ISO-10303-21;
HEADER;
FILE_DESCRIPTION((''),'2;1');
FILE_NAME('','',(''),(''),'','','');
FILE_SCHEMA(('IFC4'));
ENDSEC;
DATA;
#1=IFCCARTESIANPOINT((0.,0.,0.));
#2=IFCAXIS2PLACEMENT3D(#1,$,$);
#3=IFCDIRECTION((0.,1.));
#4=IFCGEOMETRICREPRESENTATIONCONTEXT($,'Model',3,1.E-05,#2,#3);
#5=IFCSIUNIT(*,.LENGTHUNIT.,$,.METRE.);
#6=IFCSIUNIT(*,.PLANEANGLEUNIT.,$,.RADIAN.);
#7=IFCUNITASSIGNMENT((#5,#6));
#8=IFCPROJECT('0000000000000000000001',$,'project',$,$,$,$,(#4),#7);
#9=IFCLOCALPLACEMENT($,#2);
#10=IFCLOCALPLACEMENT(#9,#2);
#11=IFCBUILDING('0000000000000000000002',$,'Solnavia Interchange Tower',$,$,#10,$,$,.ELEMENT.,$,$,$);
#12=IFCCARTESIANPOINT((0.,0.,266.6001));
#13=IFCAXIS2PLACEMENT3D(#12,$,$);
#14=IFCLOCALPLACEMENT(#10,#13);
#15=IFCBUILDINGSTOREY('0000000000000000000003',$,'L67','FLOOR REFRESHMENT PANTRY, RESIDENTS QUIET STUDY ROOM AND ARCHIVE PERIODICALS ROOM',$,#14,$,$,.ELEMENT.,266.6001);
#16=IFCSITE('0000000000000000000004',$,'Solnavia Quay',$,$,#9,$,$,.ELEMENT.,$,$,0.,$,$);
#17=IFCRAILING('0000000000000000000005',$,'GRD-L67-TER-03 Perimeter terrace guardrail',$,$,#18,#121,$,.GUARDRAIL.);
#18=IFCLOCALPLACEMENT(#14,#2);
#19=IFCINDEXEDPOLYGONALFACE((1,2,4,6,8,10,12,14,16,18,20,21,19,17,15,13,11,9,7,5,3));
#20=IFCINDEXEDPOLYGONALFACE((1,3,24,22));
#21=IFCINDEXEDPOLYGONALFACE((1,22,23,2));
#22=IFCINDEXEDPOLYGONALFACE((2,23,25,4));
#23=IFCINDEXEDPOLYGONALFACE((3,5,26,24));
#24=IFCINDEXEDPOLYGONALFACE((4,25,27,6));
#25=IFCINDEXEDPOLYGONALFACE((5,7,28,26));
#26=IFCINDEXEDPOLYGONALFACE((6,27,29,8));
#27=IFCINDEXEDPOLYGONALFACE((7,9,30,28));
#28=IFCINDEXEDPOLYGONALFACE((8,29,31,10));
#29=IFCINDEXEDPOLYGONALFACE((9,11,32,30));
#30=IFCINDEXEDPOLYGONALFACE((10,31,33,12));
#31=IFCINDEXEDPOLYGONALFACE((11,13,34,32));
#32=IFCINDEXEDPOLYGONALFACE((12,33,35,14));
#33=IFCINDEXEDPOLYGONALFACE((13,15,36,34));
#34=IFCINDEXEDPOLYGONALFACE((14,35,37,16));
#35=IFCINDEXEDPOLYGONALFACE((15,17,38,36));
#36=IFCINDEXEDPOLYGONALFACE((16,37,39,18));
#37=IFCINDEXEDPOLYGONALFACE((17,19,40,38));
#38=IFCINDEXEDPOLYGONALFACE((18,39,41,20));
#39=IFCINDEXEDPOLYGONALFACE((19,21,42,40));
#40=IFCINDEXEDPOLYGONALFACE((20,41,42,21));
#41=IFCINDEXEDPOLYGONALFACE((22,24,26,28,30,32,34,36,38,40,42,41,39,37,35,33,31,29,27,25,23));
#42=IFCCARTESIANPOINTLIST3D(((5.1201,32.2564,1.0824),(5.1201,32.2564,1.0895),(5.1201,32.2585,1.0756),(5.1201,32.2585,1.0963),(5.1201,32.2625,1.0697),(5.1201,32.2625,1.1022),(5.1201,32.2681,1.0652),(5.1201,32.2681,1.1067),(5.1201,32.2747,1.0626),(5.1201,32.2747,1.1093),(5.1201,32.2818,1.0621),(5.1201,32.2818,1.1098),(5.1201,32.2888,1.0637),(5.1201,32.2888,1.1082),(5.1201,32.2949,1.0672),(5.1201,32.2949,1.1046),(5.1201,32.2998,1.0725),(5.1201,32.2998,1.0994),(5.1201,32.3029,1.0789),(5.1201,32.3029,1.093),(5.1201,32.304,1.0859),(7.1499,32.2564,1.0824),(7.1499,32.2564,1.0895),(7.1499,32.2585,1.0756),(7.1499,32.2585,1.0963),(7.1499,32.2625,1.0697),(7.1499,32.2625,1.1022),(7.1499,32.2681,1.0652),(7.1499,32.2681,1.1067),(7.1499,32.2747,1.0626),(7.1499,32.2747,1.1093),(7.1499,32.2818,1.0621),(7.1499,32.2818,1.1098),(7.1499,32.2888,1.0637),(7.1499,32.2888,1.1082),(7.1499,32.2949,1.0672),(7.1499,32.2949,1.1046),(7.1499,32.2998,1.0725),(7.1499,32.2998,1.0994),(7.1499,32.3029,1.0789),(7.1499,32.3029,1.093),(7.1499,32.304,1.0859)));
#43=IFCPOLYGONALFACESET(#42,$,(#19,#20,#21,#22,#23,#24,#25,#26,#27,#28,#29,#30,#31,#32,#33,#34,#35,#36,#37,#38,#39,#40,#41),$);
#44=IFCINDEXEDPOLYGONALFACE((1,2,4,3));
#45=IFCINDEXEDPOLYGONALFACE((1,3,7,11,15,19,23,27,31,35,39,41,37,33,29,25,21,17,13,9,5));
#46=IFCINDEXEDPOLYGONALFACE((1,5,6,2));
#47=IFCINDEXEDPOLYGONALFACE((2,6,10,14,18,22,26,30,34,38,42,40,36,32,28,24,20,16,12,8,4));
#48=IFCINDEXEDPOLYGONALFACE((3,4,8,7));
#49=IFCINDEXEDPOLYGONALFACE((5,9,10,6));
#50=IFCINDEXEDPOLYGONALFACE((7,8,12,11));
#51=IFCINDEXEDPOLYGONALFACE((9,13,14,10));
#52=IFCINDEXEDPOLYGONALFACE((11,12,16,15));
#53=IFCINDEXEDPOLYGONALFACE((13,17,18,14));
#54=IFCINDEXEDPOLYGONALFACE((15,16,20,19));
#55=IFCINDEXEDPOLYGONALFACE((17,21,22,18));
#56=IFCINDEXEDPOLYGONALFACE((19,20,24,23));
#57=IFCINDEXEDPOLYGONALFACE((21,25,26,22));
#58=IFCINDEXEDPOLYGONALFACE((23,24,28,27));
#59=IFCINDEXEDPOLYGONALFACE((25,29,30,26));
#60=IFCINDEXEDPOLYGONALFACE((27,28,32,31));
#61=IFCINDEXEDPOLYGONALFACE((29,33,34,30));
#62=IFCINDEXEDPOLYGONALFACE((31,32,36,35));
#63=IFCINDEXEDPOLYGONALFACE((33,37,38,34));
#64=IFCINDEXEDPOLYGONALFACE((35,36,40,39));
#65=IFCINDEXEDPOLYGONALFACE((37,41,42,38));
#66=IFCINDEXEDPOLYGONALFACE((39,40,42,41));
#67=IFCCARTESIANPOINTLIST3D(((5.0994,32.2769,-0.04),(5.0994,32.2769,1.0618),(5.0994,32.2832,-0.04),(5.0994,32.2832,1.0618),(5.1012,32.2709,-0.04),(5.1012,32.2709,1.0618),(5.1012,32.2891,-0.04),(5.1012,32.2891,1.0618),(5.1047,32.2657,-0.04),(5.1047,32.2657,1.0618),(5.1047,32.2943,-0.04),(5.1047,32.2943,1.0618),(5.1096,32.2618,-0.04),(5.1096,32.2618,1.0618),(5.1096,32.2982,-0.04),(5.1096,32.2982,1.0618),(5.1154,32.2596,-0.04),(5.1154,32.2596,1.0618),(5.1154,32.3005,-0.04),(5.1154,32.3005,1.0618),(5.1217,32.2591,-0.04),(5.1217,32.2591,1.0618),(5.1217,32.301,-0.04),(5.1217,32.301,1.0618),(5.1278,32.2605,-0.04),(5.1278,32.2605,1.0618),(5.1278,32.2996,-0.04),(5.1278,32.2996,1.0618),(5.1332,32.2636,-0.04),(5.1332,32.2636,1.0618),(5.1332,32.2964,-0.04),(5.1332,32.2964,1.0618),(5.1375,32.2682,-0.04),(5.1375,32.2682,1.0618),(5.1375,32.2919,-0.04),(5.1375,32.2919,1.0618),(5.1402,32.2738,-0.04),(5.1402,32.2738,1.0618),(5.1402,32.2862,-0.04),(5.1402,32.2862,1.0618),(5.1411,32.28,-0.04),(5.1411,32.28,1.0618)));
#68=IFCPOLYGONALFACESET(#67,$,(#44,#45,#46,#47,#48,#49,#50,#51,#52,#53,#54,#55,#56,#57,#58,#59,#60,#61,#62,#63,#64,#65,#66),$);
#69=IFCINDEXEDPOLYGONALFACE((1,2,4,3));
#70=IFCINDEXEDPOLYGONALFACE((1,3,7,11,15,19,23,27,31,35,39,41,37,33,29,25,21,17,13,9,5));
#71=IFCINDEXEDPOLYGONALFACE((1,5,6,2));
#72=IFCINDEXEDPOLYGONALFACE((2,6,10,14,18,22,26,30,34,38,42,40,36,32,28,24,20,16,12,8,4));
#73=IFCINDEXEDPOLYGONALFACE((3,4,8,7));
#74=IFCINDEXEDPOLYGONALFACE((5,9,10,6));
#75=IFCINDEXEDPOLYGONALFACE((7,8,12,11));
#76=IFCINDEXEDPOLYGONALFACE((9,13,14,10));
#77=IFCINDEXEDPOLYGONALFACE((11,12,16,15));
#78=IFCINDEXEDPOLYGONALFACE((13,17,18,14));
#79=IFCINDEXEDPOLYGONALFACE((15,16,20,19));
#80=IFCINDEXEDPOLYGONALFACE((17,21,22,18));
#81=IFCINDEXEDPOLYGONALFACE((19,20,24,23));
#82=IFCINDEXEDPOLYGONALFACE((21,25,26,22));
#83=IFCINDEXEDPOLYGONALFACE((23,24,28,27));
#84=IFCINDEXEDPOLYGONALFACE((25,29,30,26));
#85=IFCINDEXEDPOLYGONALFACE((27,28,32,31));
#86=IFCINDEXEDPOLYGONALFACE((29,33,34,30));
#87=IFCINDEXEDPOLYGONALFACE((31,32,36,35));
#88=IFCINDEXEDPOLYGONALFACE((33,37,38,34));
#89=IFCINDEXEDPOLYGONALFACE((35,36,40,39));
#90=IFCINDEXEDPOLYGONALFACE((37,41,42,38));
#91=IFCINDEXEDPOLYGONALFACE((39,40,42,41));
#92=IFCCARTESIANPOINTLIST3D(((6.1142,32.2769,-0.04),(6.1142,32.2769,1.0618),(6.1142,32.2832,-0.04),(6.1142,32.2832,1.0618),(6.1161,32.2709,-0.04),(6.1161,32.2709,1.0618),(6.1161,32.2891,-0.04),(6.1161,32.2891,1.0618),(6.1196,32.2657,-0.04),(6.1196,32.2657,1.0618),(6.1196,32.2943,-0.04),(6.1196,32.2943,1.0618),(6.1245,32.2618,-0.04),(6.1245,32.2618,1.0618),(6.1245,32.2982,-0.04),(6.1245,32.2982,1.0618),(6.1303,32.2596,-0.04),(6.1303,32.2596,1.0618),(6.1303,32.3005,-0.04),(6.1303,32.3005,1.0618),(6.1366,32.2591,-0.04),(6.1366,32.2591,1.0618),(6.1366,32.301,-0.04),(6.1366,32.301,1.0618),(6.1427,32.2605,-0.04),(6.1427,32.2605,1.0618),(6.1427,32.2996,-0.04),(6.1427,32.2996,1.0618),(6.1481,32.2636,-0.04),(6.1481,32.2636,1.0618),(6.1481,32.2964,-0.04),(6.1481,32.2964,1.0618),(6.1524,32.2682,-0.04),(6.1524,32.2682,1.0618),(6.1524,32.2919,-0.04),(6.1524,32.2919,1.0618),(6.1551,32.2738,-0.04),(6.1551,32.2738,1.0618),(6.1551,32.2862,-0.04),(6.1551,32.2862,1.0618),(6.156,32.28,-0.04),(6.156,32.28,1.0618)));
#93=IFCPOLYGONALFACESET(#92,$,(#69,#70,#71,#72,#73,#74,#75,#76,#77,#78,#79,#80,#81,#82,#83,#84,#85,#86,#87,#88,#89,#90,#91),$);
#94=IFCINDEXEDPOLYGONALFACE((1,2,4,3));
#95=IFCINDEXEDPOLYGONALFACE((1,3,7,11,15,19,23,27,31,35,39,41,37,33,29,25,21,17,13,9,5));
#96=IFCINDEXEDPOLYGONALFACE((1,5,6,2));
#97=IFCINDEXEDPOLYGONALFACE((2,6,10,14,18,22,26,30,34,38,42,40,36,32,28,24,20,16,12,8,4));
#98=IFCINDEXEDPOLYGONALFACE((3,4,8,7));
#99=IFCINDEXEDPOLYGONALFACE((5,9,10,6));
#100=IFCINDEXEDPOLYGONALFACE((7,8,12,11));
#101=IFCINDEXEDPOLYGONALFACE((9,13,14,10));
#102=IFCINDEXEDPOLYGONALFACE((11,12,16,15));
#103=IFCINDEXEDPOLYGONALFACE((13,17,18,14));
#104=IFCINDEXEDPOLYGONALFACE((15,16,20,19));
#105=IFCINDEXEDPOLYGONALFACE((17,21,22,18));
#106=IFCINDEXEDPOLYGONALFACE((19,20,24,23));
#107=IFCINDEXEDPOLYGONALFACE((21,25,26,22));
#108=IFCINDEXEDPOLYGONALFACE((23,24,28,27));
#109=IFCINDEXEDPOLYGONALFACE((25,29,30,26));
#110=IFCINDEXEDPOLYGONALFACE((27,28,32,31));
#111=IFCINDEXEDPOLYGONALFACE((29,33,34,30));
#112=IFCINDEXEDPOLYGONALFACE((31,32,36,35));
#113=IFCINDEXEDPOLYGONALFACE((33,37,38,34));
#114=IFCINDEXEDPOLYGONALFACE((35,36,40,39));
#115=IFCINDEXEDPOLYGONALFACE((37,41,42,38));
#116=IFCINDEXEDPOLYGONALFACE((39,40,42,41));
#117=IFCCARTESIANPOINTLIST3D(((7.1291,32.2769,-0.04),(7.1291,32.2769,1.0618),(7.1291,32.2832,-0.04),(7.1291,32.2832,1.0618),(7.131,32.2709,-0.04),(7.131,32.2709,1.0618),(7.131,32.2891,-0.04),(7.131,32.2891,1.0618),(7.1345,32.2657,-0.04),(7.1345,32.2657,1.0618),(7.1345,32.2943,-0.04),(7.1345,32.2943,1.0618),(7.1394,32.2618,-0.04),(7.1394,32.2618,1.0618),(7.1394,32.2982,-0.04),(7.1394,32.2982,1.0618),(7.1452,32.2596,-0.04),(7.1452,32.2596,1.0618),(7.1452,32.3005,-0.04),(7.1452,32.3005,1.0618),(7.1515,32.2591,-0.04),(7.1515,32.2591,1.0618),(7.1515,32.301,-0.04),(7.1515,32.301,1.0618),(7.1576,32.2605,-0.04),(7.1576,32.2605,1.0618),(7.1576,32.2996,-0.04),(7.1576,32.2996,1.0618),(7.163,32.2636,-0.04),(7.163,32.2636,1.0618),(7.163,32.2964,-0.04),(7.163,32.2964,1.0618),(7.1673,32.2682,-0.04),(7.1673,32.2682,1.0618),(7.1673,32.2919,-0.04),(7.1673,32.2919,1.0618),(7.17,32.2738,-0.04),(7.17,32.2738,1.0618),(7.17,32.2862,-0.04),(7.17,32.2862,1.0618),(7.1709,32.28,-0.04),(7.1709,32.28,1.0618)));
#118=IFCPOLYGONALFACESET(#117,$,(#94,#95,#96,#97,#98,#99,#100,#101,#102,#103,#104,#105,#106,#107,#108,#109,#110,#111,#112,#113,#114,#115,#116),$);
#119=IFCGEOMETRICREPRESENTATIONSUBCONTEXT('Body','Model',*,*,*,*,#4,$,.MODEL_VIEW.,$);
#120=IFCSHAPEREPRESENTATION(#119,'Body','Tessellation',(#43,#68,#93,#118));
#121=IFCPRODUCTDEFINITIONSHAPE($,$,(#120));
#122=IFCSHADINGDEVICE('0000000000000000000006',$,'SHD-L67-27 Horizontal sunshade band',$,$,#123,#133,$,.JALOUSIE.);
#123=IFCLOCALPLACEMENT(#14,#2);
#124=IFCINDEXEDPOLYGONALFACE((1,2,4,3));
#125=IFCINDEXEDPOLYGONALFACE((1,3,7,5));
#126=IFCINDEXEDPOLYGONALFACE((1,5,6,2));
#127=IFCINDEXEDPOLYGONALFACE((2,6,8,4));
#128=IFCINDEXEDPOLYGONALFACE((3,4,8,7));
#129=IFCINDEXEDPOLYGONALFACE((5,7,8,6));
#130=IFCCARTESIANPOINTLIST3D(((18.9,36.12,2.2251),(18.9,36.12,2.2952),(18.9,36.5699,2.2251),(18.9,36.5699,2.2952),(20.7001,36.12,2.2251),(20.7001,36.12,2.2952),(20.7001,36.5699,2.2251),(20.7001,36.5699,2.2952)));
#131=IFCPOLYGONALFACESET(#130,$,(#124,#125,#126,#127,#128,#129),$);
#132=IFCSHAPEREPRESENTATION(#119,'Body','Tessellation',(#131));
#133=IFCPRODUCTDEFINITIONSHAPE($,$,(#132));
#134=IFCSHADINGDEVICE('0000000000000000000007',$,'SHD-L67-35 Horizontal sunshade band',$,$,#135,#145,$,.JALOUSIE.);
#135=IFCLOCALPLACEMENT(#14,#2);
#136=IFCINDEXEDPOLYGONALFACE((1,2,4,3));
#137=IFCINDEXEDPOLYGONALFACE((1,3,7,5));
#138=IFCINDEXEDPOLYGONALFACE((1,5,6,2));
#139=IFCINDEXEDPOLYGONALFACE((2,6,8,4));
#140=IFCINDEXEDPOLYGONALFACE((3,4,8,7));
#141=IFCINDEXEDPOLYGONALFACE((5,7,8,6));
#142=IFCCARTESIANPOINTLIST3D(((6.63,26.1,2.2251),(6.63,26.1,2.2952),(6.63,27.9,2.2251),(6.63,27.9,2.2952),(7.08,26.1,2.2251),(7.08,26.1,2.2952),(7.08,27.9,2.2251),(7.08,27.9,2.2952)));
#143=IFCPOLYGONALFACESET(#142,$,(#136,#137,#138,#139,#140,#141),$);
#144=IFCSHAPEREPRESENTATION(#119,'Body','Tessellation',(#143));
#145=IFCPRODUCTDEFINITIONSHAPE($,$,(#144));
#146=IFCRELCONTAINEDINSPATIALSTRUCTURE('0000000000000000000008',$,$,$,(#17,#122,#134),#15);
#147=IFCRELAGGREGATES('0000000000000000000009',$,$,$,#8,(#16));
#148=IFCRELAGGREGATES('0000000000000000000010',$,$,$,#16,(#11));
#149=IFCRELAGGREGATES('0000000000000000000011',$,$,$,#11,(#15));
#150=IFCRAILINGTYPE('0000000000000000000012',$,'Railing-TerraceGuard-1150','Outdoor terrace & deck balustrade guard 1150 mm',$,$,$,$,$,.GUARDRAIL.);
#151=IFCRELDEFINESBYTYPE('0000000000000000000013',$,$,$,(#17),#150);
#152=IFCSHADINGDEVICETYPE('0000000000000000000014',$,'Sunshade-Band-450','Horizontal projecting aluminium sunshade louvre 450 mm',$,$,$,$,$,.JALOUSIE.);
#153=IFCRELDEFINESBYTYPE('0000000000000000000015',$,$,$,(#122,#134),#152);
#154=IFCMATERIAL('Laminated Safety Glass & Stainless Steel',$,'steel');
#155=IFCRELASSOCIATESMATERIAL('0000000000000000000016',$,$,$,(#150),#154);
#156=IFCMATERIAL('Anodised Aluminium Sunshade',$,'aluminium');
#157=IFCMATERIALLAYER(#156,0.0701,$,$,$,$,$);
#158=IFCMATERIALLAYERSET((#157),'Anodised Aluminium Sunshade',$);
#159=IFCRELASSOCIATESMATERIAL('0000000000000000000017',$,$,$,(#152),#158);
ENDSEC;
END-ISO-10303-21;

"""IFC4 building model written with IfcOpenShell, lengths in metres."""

from ifc_helpers import new_model, si_unit, direction, frame, origin, origin_2d, place, context, subcontext, project, spatial, rectangle, circle, extrude, material, layer, layer_set, type_object, element, save


model = new_model("IFC4")

# Units and contexts
model_context = context("Model", 3, precision=1e-05, world=origin(), true_north=direction((0.0, 1.0)))
body_context = subcontext(model_context, "Body", "Model", "MODEL_VIEW")
ifc_project = project(units=[si_unit("LENGTHUNIT", "METRE"), si_unit("PLANEANGLEUNIT", "RADIAN")], contexts=[model_context])

# Site, building, storey
site_placement = place(None, origin())
site = spatial("IfcSite", under=ifc_project, at=site_placement, Name="Solnavia Quay", CompositionType="ELEMENT", RefElevation=0.0)
building_placement = place(site_placement, origin())
building = spatial("IfcBuilding", under=site, at=building_placement, Name="Solnavia Interchange Tower", CompositionType="ELEMENT")
storey_placement = place(building_placement, frame((0.0, 0.0, 266.6001)))
storey = spatial("IfcBuildingStorey", under=building, at=storey_placement, Name="L67", Description="FLOOR REFRESHMENT PANTRY, RESIDENTS QUIET STUDY ROOM AND ARCHIVE PERIODICALS ROOM", CompositionType="ELEMENT", Elevation=266.6001)

# Railing
ifc_material_1 = material(Name="Laminated Safety Glass & Stainless Steel", Category="steel")
railing_type = type_object("IfcRailingType", Name="Railing-TerraceGuard-1150", Description="Outdoor terrace & deck balustrade guard 1150 mm", PredefinedType="GUARDRAIL", material=ifc_material_1)
railing_placement = place(storey_placement, frame((5.1201, 32.28, -0.04)))
element("IfcRailing", 1, at=railing_placement, inside=storey, type_object=railing_type, Name="GRD-L67-TER-03 Perimeter terrace guardrail", PredefinedType="GUARDRAIL", context=body_context, shape_type="SweptSolid", body=[
    extrude(circle(Radius=0.0239, at=origin_2d()), frame((0.0, 0.0, 1.126), z_axis=(1.0, 0.0, 0.0), x_axis=(0.0, 1.0, 0.0)), (0.0, 0.0, 1.0), 2.0298),
    extrude(circle(Radius=0.021, at=origin_2d()), origin(), (0.0, 0.0, 1.0), 1.1018),
    extrude(circle(Radius=0.021, at=origin_2d()), frame((1.0149, 0.0, 0.0)), (0.0, 0.0, 1.0), 1.1018),
    extrude(circle(Radius=0.021, at=origin_2d()), frame((2.0298, 0.0, 0.0)), (0.0, 0.0, 1.0), 1.1018),
])

# Shading devices
ifc_material_2 = material(Name="Anodised Aluminium Sunshade", Category="aluminium")
ifc_layer_1 = layer(ifc_material_2, 0.0701)
ifc_layer_set_1 = layer_set([ifc_layer_1], Name="Anodised Aluminium Sunshade")
shading_device_type = type_object("IfcShadingDeviceType", Name="Sunshade-Band-450", Description="Horizontal projecting aluminium sunshade louvre 450 mm", PredefinedType="JALOUSIE", material=ifc_layer_set_1)
for number, where, z_axis, x_axis, name in (
    (2, (19.8, 36.345, 2.2251), (0.0, 0.0, 1.0), (1.0, 0.0, 0.0), "SHD-L67-27 Horizontal sunshade band"),
    (3, (6.855, 27.0, 2.2251), (0.0, 0.0, 1.0), (0.0, 1.0, 0.0), "SHD-L67-35 Horizontal sunshade band"),
):
    element("IfcShadingDevice", number, at=place(storey_placement, frame(where, z_axis=z_axis, x_axis=x_axis)), inside=storey, type_object=shading_device_type, Name=name, PredefinedType="JALOUSIE", context=body_context, shape_type="SweptSolid", body=[
        extrude(rectangle(XDim=1.8, YDim=0.45, at=origin_2d()), origin(), (0.0, 0.0, 1.0), 0.0701),
    ])

save(model, "model.ifc")
